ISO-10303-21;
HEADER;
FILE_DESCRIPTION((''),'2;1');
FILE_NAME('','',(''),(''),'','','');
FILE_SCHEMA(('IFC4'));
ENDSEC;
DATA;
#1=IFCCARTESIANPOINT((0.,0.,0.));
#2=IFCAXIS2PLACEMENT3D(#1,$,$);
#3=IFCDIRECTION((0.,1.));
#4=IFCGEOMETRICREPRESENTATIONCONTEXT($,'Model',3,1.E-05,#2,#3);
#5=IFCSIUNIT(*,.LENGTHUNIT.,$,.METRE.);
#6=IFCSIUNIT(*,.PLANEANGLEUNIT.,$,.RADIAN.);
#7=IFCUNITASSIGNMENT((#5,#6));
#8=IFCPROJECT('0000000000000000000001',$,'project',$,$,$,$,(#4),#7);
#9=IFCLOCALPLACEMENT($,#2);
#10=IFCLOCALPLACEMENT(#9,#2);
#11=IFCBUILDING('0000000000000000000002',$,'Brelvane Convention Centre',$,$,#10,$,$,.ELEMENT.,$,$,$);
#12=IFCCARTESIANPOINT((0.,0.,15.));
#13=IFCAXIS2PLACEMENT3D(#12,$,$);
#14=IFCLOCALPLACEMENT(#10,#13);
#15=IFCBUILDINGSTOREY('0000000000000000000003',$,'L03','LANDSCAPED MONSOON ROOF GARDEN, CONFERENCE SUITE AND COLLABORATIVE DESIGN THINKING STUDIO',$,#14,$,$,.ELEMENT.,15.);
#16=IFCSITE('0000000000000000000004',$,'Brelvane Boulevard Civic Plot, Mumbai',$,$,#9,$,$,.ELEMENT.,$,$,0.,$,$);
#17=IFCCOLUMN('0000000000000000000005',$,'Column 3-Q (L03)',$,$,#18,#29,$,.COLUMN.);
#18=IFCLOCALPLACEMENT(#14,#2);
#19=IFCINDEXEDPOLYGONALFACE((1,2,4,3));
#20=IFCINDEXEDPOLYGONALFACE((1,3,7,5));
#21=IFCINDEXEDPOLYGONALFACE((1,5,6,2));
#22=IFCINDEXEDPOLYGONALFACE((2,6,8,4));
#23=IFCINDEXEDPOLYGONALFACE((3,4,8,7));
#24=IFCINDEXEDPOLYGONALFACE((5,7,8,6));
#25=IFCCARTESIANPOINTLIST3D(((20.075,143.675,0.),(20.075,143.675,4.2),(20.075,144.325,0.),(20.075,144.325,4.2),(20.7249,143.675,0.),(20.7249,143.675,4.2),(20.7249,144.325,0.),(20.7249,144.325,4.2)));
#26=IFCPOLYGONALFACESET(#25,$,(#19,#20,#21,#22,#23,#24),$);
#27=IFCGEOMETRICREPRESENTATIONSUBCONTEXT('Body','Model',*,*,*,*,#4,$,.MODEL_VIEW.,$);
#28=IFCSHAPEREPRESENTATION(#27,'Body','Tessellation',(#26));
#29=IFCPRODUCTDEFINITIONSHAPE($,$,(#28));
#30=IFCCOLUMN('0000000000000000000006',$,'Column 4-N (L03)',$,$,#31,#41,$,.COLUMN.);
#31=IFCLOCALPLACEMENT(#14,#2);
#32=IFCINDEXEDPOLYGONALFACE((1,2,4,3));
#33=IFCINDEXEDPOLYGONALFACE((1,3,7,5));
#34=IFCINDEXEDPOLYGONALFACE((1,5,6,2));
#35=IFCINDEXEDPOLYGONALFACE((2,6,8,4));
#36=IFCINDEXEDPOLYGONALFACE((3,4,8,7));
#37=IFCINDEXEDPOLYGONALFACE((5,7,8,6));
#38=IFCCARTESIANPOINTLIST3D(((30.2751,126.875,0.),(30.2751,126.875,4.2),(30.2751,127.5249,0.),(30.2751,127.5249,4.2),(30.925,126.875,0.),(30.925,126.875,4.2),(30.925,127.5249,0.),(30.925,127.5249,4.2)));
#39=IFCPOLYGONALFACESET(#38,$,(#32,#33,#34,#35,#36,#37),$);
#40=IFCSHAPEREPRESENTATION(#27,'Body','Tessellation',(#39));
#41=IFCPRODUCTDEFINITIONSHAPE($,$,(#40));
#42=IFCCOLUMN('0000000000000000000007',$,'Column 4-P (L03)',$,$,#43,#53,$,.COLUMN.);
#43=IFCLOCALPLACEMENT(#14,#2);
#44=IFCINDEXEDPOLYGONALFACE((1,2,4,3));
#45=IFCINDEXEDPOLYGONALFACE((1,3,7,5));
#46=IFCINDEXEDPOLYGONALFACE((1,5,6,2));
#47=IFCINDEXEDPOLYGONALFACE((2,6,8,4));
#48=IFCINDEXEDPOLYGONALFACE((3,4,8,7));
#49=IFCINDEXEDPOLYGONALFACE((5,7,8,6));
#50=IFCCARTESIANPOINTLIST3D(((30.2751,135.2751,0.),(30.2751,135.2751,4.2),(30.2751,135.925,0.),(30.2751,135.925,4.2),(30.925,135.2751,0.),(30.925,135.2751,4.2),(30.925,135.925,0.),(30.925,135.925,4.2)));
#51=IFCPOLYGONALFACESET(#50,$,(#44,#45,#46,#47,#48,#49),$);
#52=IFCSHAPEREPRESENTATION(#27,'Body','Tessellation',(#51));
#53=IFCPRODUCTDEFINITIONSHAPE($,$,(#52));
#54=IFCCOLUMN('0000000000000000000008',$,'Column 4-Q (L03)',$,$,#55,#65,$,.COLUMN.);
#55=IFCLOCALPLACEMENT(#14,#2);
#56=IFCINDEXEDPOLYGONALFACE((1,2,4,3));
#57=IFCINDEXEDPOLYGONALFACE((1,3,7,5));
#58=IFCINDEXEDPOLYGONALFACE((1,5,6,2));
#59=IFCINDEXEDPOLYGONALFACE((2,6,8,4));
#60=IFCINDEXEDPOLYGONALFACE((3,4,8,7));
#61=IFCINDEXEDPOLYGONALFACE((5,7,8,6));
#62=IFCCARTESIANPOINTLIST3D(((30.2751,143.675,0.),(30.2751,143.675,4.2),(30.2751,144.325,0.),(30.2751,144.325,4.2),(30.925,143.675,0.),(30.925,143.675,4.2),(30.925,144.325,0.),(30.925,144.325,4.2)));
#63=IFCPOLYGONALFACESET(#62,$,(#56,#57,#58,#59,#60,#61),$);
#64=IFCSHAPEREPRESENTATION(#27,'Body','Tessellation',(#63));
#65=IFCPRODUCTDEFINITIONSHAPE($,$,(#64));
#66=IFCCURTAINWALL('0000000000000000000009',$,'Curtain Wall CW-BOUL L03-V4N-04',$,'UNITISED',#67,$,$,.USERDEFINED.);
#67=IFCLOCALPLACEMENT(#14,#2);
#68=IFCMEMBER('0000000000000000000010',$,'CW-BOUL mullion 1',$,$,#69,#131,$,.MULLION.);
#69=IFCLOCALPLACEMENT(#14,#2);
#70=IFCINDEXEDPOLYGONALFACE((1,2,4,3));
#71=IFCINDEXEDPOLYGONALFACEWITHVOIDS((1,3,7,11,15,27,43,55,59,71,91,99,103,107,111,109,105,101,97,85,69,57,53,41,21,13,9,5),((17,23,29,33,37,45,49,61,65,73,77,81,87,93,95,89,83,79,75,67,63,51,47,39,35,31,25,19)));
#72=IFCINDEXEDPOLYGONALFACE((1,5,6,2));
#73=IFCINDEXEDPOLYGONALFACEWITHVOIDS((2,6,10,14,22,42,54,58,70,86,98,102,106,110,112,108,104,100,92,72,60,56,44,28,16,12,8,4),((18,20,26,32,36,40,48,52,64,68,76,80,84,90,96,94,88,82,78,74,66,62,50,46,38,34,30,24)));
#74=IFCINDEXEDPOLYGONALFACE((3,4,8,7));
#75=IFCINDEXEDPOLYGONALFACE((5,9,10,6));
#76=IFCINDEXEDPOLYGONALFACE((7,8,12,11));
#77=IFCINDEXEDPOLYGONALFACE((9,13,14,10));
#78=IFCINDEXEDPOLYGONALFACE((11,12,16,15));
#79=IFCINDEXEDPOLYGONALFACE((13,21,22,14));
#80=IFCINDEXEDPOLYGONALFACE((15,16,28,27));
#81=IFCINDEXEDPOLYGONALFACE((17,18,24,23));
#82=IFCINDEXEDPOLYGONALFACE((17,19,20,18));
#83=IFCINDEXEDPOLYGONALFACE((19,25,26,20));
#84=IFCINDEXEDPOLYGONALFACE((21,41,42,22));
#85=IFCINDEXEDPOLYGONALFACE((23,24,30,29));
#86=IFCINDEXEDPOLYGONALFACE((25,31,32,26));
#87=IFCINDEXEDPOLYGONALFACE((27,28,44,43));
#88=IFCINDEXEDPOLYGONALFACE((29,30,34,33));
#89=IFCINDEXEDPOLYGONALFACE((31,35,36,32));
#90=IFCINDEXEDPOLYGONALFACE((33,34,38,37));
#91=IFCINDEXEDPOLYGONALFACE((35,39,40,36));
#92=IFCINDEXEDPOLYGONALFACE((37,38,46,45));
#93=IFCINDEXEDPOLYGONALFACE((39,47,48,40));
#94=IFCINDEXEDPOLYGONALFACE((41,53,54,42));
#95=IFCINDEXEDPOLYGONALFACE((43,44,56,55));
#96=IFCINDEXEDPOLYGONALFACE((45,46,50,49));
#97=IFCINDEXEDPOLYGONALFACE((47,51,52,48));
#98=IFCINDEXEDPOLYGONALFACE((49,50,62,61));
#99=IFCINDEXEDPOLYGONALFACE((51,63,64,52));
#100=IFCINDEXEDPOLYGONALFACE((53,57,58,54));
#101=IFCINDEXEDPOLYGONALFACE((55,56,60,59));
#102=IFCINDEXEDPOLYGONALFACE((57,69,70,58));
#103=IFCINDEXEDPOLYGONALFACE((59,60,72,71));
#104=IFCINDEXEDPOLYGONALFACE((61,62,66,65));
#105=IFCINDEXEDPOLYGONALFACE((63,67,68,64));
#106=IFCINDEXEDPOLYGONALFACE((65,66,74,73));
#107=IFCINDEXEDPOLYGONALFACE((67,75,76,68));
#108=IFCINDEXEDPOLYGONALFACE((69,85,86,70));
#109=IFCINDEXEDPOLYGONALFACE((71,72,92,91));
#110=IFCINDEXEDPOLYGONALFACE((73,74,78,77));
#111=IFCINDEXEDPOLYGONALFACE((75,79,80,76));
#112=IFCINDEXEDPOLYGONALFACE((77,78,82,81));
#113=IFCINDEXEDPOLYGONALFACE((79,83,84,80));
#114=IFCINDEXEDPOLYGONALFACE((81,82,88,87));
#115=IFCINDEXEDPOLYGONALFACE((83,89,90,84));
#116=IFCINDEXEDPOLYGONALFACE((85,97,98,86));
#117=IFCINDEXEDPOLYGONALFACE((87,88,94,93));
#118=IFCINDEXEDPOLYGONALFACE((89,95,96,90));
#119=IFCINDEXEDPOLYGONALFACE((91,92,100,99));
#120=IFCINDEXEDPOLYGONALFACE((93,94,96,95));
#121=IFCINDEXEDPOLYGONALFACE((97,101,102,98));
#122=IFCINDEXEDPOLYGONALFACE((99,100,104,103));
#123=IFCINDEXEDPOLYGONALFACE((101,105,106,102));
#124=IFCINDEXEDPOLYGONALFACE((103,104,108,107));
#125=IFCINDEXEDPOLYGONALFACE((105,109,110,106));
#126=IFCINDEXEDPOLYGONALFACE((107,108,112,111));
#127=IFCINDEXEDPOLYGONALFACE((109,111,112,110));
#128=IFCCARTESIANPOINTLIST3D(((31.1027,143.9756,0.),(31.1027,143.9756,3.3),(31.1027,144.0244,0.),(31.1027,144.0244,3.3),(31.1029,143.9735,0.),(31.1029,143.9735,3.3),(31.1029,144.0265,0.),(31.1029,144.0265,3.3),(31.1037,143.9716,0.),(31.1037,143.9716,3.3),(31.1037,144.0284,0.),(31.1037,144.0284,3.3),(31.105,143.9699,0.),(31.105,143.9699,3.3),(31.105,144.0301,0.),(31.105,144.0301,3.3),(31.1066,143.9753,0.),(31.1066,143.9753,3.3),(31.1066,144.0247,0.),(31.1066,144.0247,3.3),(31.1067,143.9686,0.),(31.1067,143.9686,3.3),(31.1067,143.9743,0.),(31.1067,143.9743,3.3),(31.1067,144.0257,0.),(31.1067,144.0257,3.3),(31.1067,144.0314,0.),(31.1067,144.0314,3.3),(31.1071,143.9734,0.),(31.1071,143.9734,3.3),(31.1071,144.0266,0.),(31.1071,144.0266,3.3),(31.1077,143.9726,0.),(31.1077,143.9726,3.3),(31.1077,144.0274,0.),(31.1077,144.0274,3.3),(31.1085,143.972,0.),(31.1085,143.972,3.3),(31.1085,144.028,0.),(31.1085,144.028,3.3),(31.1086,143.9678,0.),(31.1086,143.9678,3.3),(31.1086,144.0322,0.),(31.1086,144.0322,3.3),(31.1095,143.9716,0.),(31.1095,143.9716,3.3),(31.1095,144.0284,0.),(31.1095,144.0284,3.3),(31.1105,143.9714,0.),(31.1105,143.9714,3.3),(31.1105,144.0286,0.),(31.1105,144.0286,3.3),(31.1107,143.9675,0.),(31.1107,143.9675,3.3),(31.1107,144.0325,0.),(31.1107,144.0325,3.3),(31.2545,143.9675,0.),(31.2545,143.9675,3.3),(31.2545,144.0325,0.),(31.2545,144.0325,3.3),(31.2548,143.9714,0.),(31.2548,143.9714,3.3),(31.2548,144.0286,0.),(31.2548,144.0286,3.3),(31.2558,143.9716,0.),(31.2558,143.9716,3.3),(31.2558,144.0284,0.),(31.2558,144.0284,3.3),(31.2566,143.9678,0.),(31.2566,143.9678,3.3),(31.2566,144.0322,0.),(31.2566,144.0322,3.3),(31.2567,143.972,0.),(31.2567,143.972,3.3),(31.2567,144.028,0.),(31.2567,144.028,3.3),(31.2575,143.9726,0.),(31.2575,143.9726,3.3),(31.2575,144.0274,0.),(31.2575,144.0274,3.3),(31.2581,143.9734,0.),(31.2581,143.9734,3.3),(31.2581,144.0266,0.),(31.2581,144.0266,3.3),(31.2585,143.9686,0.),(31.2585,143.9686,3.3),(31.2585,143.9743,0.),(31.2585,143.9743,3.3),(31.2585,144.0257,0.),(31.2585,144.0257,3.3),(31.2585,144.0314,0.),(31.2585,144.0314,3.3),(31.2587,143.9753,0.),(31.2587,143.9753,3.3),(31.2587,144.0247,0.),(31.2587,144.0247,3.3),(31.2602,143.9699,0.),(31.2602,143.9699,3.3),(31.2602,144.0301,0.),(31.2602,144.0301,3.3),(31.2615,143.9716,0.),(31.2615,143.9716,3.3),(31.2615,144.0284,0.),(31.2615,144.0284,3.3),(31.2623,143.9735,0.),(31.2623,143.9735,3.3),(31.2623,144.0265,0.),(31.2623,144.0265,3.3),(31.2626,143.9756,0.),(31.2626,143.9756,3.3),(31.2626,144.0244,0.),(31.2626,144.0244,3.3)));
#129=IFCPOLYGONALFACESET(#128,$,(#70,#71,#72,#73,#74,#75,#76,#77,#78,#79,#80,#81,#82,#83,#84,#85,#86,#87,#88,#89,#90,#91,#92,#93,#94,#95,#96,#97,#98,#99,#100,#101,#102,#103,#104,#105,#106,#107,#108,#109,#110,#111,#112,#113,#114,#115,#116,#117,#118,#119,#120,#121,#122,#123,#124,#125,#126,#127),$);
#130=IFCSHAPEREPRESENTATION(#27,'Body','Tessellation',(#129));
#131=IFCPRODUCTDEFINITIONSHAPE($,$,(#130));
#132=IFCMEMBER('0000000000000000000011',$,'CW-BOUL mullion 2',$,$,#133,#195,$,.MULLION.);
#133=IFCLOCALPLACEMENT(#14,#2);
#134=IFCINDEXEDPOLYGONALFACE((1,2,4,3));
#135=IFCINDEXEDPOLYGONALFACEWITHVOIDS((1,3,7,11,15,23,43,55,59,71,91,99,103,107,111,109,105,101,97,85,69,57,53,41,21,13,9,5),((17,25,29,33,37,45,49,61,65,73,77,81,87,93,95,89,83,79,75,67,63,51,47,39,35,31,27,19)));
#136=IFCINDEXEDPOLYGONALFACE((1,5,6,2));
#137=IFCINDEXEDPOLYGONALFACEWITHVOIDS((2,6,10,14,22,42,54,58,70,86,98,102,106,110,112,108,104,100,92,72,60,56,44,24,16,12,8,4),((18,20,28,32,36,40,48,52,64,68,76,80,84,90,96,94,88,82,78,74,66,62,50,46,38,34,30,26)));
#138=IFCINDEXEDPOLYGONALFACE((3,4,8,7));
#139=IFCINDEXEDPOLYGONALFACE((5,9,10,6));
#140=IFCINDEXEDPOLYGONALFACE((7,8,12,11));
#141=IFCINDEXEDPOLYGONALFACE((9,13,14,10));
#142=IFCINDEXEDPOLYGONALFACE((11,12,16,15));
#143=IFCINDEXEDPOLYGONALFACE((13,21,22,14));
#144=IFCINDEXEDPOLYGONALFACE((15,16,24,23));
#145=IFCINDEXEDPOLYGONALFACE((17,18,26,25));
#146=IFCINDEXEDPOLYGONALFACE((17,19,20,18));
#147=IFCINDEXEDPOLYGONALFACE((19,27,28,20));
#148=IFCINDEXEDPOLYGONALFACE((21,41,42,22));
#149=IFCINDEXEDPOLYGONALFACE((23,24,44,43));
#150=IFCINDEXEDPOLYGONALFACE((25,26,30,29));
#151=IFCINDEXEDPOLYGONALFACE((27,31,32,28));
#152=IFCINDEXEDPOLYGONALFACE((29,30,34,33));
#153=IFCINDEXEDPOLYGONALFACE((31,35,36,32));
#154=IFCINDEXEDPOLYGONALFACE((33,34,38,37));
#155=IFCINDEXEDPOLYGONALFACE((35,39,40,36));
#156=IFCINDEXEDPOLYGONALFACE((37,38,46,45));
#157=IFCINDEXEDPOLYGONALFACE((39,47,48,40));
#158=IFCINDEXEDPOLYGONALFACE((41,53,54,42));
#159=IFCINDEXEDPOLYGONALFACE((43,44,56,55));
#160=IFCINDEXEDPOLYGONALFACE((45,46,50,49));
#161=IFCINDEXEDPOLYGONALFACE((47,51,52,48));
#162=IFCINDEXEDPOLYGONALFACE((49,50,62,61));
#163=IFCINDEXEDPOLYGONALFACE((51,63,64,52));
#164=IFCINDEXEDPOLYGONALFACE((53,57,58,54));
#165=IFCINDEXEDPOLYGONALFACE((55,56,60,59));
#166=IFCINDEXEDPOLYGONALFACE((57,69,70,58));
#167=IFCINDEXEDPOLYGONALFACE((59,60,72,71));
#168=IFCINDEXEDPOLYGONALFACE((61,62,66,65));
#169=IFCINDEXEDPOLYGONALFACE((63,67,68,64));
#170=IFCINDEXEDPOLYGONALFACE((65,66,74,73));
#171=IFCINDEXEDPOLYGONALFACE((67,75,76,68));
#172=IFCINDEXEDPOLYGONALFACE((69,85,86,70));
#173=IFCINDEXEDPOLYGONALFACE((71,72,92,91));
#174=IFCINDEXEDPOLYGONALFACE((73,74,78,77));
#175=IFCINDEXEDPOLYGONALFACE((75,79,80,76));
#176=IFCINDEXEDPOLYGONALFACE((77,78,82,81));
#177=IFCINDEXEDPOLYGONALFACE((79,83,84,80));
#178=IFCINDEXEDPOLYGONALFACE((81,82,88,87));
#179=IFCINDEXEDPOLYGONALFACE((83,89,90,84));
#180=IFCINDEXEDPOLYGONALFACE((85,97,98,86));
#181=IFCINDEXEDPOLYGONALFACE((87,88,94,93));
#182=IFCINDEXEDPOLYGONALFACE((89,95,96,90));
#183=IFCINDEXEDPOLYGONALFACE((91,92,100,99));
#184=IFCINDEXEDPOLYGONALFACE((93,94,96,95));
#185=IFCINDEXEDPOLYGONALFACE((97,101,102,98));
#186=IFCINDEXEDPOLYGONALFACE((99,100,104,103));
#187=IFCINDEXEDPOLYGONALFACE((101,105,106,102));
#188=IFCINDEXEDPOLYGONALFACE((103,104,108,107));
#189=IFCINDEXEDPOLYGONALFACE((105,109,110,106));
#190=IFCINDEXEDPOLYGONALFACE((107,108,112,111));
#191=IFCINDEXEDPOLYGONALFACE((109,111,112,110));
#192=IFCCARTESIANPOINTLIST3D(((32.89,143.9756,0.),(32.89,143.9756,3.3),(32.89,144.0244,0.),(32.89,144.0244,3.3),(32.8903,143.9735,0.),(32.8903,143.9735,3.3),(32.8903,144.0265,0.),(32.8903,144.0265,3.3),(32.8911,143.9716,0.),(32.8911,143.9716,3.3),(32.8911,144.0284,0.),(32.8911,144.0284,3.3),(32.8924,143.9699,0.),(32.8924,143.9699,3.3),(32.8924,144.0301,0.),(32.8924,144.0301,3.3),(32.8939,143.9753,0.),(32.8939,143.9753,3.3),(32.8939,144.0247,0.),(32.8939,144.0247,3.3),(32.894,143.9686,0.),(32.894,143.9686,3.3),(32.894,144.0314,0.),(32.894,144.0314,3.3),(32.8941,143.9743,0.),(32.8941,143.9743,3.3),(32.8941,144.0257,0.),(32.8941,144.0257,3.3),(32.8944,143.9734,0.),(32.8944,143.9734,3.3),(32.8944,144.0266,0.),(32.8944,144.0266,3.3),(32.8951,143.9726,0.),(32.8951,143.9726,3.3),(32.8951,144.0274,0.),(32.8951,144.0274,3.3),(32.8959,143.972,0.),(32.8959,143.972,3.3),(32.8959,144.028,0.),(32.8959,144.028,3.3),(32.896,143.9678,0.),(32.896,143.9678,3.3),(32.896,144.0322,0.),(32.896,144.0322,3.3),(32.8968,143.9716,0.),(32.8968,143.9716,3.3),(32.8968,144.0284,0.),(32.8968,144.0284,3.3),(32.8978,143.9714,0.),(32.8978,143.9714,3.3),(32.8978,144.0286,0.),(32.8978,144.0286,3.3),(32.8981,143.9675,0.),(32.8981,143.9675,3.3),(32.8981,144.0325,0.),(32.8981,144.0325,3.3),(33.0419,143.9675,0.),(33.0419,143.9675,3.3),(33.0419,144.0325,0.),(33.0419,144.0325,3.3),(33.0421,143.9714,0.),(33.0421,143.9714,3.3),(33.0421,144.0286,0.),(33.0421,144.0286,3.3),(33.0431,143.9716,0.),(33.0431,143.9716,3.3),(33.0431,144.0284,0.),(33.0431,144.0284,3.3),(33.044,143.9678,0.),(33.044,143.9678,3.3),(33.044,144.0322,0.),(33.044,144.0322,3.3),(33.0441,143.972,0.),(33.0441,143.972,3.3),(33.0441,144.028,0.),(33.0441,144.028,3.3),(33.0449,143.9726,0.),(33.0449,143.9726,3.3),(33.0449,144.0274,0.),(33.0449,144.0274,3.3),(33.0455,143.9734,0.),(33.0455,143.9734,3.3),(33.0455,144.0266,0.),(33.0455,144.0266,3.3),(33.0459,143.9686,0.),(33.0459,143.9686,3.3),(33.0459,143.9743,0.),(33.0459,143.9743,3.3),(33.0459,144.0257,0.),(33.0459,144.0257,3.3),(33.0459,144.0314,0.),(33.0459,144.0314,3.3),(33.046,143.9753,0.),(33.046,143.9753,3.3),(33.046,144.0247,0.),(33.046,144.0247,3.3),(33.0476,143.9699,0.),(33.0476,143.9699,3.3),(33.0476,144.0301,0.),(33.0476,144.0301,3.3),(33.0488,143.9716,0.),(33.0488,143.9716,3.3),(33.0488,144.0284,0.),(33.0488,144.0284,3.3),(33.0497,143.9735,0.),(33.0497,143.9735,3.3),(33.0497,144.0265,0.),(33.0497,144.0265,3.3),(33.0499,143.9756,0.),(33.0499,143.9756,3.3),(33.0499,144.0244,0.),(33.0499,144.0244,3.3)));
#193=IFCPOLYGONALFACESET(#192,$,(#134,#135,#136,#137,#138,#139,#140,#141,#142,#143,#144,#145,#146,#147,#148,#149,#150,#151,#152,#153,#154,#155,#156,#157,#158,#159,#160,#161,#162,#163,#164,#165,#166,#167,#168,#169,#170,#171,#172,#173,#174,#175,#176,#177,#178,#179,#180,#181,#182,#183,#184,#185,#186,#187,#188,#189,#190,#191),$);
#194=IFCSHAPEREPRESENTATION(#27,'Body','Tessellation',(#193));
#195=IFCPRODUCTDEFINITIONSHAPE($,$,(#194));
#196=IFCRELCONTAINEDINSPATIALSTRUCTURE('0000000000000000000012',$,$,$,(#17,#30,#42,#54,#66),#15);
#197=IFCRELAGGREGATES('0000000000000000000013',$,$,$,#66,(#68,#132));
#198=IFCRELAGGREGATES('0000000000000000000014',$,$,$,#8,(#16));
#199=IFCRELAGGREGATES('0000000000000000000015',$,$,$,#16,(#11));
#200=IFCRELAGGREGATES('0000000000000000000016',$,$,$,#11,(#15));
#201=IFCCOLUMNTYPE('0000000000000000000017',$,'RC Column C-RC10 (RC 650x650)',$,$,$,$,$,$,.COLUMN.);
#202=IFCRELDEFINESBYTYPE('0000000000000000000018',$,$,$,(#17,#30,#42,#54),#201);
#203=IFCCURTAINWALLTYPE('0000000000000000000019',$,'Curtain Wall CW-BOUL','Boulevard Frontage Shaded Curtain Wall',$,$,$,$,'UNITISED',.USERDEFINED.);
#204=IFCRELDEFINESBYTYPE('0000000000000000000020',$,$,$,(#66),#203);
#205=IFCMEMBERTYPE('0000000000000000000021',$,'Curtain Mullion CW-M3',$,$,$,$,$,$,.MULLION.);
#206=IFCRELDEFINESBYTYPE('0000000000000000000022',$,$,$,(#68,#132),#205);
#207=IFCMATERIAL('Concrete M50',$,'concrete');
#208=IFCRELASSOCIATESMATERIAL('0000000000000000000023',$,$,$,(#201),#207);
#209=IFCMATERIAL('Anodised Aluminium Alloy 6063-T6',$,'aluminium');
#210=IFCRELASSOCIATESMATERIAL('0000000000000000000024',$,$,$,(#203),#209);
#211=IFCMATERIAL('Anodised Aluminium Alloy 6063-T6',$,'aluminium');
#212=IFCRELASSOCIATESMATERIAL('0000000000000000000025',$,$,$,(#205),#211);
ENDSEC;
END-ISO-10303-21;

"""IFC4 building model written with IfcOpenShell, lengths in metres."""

from ifc_helpers import new_model, si_unit, direction, frame, origin, origin_2d, place, context, subcontext, project, spatial, rectangle, hollow_rectangle, extrude, material, material_profile, profile_set, type_object, element, aggregate, save


model = new_model("IFC4")

# Units and contexts
model_context = context("Model", 3, precision=1e-05, world=origin(), true_north=direction((0.0, 1.0)))
body_context = subcontext(model_context, "Body", "Model", "MODEL_VIEW")
ifc_project = project(units=[si_unit("LENGTHUNIT", "METRE"), si_unit("PLANEANGLEUNIT", "RADIAN")], contexts=[model_context])

# Site, building, storey
site_placement = place(None, origin())
site = spatial("IfcSite", under=ifc_project, at=site_placement, Name="Brelvane Boulevard Civic Plot, Mumbai", CompositionType="ELEMENT", RefElevation=0.0)
building_placement = place(site_placement, origin())
building = spatial("IfcBuilding", under=site, at=building_placement, Name="Brelvane Convention Centre", CompositionType="ELEMENT")
storey_placement = place(building_placement, frame((0.0, 0.0, 15.0)))
storey = spatial("IfcBuildingStorey", under=building, at=storey_placement, Name="L03", Description="LANDSCAPED MONSOON ROOF GARDEN, CONFERENCE SUITE AND COLLABORATIVE DESIGN THINKING STUDIO", CompositionType="ELEMENT", Elevation=15.0)

# Columns
ifc_material_1 = material(Name="Concrete M50", Category="concrete")
ifc_material_profile_1 = material_profile(ifc_material_1, rectangle(XDim=0.6499, YDim=0.6499, at=origin_2d()), Name="RC 650x650")
ifc_profile_set_1 = profile_set([ifc_material_profile_1], Name="Concrete M50")
column_type = type_object("IfcColumnType", Name="RC Column C-RC10 (RC 650x650)", PredefinedType="COLUMN", material=ifc_profile_set_1)
for number, where, z_axis, x_axis, name in (
    (1, (20.3999, 144.0, 0.0), (0.0, 0.0, 1.0), (1.0, 0.0, 0.0), "Column 3-Q (L03)"),
    (2, (30.6001, 127.2, 0.0), (0.0, 0.0, 1.0), (1.0, 0.0, 0.0), "Column 4-N (L03)"),
    (3, (30.6001, 135.6001, 0.0), (0.0, 0.0, 1.0), (1.0, 0.0, 0.0), "Column 4-P (L03)"),
    (4, (30.6001, 144.0, 0.0), (0.0, 0.0, 1.0), (1.0, 0.0, 0.0), "Column 4-Q (L03)"),
):
    element("IfcColumn", number, at=place(storey_placement, frame(where, z_axis=z_axis, x_axis=x_axis)), inside=storey, type_object=column_type, Name=name, PredefinedType="COLUMN", context=body_context, shape_type="SweptSolid", body=[
        extrude(rectangle(XDim=0.6499, YDim=0.6499, at=origin_2d()), origin(), (0.0, 0.0, 1.0), 4.2),
    ])

# Curtain wall, members
ifc_material_2 = material(Name="Anodised Aluminium Alloy 6063-T6", Category="aluminium")
curtain_wall_type = type_object("IfcCurtainWallType", Name="Curtain Wall CW-BOUL", Description="Boulevard Frontage Shaded Curtain Wall", ElementType="UNITISED", PredefinedType="USERDEFINED", material=ifc_material_2)
curtain_wall_placement = place(storey_placement, origin())
curtain_wall = element("IfcCurtainWall", 5, at=curtain_wall_placement, inside=storey, type_object=curtain_wall_type, Name="Curtain Wall CW-BOUL L03-V4N-04", ObjectType="UNITISED", PredefinedType="USERDEFINED")
ifc_material_3 = material(Name="Anodised Aluminium Alloy 6063-T6", Category="aluminium")
ifc_material_profile_2 = material_profile(ifc_material_3, hollow_rectangle(XDim=0.0649, YDim=0.1599, WallThickness=0.0039, InnerFilletRadius=0.0039, OuterFilletRadius=0.0081, at=origin_2d()), Name="ALU-M 160x65x4.0")
ifc_profile_set_2 = profile_set([ifc_material_profile_2], Name="Anodised Aluminium Alloy 6063-T6")
member_type_1 = type_object("IfcMemberType", Name="Curtain Mullion CW-M3", PredefinedType="MULLION", material=ifc_profile_set_2)
member_1_placement = place(storey_placement, frame((31.1826, 144.0, 0.0), z_axis=(0.0, 0.0, 1.0), x_axis=(0.0, 1.0, 0.0)))
member_1 = element("IfcMember", 6, at=member_1_placement, type_object=member_type_1, Name="CW-BOUL mullion 1", PredefinedType="MULLION", context=body_context, shape_type="SweptSolid", body=[
    extrude(hollow_rectangle(XDim=0.0649, YDim=0.1599, WallThickness=0.0039, InnerFilletRadius=0.0039, OuterFilletRadius=0.0081, at=origin_2d()), origin(), (0.0, 0.0, 1.0), 3.3),
])
member_2_placement = place(storey_placement, frame((32.97, 144.0, 0.0), z_axis=(0.0, 0.0, 1.0), x_axis=(0.0, 1.0, 0.0)))
member_2 = element("IfcMember", 7, at=member_2_placement, type_object=member_type_1, Name="CW-BOUL mullion 2", PredefinedType="MULLION", context=body_context, shape_type="SweptSolid", body=[
    extrude(hollow_rectangle(XDim=0.0649, YDim=0.1599, WallThickness=0.0039, InnerFilletRadius=0.0039, OuterFilletRadius=0.0081, at=origin_2d()), origin(), (0.0, 0.0, 1.0), 3.3),
])

aggregate(curtain_wall, [member_1, member_2])

save(model, "model.ifc")
